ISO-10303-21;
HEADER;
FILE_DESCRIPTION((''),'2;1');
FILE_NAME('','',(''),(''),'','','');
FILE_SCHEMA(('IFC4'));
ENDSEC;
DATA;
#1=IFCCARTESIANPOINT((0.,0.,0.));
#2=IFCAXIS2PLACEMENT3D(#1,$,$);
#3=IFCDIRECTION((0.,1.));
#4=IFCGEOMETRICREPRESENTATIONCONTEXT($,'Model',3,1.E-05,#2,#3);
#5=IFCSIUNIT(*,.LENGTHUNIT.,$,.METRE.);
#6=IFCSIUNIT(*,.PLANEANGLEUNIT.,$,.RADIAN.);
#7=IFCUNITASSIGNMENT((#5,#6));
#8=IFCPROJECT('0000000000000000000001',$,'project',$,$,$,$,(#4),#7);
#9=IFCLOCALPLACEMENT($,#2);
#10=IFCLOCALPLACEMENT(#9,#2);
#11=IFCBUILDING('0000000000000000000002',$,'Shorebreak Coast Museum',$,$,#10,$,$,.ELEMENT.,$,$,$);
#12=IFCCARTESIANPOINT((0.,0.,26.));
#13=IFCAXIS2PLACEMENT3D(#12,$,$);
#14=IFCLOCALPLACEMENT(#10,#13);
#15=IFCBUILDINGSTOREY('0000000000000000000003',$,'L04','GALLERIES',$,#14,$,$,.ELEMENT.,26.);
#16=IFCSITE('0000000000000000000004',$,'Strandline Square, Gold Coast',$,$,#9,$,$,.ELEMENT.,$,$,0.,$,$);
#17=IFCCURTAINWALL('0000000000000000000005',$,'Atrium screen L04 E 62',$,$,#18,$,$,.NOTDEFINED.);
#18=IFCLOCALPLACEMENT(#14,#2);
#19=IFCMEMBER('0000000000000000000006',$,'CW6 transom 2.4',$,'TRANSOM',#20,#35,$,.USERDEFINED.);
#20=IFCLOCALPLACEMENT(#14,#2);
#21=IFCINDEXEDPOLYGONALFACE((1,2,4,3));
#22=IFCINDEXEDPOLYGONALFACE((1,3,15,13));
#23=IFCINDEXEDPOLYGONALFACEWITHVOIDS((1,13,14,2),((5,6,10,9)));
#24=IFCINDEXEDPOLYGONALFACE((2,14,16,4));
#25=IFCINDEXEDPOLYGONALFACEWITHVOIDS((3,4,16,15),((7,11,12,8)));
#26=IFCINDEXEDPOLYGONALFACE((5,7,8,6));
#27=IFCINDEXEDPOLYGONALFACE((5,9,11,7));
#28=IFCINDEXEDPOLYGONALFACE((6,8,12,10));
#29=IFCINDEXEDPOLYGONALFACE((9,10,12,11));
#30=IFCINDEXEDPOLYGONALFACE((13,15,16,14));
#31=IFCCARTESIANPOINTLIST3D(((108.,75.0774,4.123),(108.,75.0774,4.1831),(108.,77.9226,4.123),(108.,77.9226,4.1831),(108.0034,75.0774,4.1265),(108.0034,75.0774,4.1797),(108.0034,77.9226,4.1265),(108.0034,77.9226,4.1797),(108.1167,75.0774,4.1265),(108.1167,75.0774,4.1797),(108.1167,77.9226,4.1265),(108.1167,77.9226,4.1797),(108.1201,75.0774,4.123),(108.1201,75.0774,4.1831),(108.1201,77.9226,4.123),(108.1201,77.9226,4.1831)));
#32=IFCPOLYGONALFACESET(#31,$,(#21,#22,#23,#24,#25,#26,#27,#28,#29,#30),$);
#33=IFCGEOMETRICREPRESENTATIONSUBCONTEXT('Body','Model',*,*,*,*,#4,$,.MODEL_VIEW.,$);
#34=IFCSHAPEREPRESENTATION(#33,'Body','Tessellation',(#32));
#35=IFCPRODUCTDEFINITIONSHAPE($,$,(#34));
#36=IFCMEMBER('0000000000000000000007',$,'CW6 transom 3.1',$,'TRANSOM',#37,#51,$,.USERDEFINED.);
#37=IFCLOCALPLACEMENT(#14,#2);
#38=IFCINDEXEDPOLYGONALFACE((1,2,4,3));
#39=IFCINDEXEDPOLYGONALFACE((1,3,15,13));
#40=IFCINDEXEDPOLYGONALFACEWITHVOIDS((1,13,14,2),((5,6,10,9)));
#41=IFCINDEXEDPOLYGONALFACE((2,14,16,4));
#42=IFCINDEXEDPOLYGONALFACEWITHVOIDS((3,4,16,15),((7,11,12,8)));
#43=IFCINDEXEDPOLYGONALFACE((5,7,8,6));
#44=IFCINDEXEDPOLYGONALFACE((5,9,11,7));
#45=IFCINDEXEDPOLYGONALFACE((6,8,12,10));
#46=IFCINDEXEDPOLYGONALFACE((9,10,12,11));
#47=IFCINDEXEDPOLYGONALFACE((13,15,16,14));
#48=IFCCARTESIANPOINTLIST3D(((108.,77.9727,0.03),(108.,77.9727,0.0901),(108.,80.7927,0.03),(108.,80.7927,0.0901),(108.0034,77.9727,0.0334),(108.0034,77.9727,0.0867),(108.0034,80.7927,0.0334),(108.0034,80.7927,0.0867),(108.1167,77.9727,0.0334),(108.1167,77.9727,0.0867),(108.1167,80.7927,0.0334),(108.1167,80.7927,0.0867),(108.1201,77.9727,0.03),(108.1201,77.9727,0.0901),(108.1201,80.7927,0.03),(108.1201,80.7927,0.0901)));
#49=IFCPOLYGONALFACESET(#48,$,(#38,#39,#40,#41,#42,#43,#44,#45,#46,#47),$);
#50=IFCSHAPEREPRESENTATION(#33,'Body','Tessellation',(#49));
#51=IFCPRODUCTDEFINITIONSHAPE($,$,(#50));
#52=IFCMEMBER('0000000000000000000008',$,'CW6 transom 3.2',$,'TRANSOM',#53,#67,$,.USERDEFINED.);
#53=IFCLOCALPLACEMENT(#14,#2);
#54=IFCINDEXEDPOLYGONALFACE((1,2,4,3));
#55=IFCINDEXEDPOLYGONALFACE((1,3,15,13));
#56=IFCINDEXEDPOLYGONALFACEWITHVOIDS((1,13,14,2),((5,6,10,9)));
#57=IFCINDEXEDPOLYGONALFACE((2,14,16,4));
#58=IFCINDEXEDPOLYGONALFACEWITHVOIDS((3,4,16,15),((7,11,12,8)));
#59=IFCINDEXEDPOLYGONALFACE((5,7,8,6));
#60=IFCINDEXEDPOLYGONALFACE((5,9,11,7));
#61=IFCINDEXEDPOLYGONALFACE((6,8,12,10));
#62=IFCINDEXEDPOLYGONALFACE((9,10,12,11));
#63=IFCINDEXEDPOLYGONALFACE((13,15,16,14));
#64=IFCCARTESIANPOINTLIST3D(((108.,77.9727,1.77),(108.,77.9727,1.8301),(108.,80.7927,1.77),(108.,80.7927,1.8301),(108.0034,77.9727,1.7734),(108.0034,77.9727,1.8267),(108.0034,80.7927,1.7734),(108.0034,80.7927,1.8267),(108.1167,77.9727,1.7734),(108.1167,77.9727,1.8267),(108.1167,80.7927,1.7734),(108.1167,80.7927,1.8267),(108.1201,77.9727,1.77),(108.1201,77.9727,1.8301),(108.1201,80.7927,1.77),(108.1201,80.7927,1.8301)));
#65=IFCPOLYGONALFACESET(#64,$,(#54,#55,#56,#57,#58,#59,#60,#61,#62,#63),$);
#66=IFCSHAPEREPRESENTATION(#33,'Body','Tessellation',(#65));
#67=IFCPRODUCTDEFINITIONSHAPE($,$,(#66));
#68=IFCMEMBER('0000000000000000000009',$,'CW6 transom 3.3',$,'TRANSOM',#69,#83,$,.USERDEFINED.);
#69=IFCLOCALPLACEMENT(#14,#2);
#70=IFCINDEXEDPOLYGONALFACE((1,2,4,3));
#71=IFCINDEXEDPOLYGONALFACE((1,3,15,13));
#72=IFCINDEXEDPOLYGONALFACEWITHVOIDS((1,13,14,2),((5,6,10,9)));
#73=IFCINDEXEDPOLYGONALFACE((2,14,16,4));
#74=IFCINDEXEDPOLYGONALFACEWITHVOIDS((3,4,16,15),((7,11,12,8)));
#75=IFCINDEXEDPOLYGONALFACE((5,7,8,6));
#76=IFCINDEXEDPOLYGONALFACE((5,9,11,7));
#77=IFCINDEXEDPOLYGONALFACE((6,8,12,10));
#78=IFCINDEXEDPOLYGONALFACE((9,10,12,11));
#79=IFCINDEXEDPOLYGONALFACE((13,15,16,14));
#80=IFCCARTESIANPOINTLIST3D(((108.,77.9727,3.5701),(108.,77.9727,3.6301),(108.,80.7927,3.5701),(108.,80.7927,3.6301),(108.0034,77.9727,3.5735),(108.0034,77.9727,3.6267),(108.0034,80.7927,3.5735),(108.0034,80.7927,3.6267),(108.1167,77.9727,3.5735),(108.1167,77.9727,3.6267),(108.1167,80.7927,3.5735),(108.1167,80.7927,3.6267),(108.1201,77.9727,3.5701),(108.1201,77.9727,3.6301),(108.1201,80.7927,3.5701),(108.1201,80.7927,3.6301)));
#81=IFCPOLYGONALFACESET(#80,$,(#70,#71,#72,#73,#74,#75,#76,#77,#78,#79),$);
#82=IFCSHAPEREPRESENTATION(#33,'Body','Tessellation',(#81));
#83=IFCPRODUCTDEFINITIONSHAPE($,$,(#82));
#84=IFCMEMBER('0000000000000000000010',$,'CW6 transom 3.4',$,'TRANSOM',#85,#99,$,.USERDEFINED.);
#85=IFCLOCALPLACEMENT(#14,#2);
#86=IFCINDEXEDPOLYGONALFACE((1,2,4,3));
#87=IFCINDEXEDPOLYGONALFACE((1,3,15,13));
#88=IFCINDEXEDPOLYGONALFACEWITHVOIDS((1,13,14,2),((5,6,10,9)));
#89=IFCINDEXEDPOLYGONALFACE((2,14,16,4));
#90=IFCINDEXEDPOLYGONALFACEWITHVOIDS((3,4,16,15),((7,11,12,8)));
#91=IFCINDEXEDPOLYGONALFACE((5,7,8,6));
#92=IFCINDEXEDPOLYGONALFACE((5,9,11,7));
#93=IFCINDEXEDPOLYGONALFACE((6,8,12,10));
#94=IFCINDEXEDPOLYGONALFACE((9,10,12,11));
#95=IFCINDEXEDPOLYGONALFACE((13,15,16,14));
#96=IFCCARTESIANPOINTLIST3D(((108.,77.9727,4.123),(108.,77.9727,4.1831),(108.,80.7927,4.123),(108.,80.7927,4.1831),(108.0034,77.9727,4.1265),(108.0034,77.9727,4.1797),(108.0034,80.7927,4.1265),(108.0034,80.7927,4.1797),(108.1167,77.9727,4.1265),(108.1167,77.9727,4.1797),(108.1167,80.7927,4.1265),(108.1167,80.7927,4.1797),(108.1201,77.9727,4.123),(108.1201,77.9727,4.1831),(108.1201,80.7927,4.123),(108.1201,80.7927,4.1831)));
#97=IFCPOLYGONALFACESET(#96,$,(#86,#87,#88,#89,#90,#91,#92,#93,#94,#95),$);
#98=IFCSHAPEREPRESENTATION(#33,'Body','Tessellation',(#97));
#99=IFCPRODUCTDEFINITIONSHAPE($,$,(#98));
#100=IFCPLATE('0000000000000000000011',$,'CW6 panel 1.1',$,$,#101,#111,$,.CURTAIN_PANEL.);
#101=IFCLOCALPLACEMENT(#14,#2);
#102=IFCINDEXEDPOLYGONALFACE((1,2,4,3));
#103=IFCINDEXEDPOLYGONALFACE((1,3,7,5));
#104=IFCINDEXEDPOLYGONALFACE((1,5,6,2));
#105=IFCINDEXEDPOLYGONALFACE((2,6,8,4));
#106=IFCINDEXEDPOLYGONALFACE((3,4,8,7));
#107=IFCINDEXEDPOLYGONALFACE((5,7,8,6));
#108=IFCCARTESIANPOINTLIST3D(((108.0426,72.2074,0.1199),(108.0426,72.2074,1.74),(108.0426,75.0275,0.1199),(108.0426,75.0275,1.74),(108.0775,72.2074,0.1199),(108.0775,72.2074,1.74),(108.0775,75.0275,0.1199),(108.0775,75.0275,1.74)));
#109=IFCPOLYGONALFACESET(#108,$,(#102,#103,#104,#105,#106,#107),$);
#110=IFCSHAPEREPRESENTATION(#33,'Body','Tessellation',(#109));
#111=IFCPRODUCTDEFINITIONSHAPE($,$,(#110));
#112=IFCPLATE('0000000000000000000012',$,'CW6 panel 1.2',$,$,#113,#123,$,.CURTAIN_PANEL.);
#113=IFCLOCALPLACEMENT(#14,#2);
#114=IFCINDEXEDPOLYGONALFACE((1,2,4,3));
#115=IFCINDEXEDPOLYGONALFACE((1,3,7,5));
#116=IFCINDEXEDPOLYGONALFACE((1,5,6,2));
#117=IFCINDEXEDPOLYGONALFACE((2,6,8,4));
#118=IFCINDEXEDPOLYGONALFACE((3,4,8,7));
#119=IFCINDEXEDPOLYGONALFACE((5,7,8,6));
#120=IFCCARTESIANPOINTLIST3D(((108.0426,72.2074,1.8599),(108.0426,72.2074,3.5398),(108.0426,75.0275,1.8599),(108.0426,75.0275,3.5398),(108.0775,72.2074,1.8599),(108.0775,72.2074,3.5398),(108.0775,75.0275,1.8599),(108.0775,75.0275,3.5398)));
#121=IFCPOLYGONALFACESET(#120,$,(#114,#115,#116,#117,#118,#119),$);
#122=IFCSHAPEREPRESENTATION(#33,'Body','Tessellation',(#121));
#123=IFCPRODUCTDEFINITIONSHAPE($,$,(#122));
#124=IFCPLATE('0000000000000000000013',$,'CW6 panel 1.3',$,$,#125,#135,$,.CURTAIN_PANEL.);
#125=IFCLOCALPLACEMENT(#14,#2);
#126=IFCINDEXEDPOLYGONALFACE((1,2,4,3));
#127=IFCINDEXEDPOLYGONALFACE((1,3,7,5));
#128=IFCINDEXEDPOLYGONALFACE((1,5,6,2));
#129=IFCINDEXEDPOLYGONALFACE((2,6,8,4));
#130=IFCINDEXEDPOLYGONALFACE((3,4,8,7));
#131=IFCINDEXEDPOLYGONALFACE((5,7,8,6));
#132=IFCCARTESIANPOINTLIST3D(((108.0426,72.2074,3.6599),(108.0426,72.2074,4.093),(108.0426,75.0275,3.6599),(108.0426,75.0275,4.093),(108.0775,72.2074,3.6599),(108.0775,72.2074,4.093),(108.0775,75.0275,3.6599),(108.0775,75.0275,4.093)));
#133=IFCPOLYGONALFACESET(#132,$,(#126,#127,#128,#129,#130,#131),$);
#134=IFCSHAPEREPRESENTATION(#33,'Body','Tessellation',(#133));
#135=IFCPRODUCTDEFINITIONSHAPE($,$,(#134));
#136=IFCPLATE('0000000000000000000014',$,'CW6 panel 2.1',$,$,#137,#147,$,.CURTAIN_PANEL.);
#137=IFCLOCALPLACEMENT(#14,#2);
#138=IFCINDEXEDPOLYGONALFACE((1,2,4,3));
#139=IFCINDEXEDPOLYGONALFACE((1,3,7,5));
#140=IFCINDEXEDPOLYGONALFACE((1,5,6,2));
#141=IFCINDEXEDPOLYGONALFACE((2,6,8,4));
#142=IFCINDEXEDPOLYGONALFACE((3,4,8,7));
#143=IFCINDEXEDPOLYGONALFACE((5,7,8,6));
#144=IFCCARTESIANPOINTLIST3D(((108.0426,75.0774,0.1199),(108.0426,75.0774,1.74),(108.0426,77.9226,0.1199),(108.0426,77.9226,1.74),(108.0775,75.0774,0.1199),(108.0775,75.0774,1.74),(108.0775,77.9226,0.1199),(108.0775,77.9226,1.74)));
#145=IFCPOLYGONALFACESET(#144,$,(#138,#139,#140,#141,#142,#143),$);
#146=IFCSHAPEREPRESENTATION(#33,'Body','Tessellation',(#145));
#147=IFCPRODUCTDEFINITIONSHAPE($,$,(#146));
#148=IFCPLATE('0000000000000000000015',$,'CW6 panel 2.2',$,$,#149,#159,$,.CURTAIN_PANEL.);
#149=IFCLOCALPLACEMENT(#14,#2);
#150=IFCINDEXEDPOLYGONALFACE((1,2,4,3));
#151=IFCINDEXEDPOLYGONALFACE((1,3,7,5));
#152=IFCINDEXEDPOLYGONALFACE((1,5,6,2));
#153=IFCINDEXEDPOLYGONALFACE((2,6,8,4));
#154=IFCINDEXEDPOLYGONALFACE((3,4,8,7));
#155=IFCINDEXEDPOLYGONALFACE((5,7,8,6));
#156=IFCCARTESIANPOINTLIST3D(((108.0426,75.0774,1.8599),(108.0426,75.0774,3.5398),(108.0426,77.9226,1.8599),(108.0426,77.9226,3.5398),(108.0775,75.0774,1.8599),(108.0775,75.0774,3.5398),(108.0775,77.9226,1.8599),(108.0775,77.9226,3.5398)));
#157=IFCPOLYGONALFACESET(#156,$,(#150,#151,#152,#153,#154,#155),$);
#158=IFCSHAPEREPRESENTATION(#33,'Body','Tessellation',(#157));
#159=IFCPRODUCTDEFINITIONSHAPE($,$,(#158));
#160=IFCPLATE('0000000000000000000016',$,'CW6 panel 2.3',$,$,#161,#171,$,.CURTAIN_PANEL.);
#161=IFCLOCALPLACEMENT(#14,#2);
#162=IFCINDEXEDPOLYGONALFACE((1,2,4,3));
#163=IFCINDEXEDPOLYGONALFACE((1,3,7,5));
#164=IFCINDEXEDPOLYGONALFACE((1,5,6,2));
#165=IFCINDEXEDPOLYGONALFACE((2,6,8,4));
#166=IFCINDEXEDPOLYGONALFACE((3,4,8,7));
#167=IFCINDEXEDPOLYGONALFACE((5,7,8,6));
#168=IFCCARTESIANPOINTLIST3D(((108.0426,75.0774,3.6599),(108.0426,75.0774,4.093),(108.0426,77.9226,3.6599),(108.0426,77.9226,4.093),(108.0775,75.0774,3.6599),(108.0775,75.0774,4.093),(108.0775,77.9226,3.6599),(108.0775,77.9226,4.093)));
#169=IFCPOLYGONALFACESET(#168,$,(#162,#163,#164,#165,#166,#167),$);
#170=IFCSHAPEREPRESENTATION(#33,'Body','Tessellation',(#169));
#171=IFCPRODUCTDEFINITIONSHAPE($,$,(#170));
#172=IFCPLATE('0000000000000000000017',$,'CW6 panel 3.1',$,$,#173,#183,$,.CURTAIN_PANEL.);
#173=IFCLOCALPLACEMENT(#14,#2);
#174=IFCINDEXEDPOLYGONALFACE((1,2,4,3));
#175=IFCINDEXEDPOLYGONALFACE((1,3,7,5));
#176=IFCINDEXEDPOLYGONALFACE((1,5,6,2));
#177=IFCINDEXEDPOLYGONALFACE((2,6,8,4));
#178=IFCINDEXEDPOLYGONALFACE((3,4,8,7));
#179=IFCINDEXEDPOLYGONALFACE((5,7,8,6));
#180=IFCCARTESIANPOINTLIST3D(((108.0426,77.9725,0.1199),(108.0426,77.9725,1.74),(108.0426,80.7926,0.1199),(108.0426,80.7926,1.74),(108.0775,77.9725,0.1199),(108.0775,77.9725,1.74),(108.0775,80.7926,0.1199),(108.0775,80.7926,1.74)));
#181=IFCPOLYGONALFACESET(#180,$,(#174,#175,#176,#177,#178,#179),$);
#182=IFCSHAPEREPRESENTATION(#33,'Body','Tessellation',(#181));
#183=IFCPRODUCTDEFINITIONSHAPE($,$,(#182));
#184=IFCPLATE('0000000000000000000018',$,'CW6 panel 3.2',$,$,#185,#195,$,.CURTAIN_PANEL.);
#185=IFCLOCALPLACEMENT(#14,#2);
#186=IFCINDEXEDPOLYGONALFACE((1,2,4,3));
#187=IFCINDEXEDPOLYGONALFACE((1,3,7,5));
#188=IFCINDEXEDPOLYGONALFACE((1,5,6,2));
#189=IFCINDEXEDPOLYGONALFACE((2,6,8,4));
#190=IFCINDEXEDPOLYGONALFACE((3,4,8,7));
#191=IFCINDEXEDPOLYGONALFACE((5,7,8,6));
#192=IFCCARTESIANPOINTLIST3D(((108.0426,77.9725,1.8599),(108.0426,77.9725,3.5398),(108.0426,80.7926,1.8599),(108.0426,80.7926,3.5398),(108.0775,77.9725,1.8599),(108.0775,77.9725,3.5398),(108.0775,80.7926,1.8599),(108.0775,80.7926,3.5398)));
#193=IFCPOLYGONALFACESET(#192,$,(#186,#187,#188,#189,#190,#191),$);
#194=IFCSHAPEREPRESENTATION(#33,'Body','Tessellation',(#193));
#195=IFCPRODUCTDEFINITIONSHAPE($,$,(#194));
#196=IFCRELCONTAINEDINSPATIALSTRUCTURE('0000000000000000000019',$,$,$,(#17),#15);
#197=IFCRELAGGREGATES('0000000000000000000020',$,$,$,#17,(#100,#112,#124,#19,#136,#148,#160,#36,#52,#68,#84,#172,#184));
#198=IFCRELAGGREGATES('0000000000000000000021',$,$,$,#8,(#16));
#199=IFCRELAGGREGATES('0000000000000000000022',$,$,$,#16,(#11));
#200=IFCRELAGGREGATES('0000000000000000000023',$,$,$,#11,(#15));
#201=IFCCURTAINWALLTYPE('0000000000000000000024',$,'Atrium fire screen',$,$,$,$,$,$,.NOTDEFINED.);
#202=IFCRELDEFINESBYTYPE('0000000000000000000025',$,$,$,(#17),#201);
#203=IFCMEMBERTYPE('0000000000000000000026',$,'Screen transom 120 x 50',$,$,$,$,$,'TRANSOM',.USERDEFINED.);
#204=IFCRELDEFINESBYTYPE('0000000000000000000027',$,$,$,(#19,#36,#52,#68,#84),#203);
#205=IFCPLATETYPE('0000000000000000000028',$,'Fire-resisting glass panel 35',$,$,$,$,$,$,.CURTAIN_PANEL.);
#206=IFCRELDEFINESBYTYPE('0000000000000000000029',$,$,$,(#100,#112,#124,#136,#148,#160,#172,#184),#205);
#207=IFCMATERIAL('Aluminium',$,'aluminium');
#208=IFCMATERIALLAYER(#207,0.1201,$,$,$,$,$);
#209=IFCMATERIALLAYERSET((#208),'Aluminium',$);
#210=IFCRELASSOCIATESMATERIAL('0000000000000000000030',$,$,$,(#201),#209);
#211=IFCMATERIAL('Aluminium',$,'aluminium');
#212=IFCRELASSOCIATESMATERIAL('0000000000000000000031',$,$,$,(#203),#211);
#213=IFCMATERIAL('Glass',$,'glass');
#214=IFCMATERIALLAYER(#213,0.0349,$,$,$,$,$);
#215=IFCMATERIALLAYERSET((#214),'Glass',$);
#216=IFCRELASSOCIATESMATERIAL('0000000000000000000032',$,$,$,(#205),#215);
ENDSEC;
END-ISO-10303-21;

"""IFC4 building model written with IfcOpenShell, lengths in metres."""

from ifc_helpers import new_model, si_unit, direction, frame, origin, origin_2d, place, context, subcontext, project, spatial, rectangle, hollow_rectangle, extrude, material, layer, layer_set, material_profile, profile_set, type_object, element, aggregate, save


model = new_model("IFC4")

# Units and contexts
model_context = context("Model", 3, precision=1e-05, world=origin(), true_north=direction((0.0, 1.0)))
body_context = subcontext(model_context, "Body", "Model", "MODEL_VIEW")
ifc_project = project(units=[si_unit("LENGTHUNIT", "METRE"), si_unit("PLANEANGLEUNIT", "RADIAN")], contexts=[model_context])

# Site, building, storey
site_placement = place(None, origin())
site = spatial("IfcSite", under=ifc_project, at=site_placement, Name="Strandline Square, Gold Coast", CompositionType="ELEMENT", RefElevation=0.0)
building_placement = place(site_placement, origin())
building = spatial("IfcBuilding", under=site, at=building_placement, Name="Shorebreak Coast Museum", CompositionType="ELEMENT")
storey_placement = place(building_placement, frame((0.0, 0.0, 26.0)))
storey = spatial("IfcBuildingStorey", under=building, at=storey_placement, Name="L04", Description="GALLERIES", CompositionType="ELEMENT", Elevation=26.0)

# Curtain wall, members, plates
ifc_material_1 = material(Name="Aluminium", Category="aluminium")
ifc_layer_1 = layer(ifc_material_1, 0.1201)
ifc_layer_set_1 = layer_set([ifc_layer_1], Name="Aluminium")
curtain_wall_type = type_object("IfcCurtainWallType", Name="Atrium fire screen", PredefinedType="NOTDEFINED", material=ifc_layer_set_1)
curtain_wall_placement = place(storey_placement, origin())
curtain_wall = element("IfcCurtainWall", 1, at=curtain_wall_placement, inside=storey, type_object=curtain_wall_type, Name="Atrium screen L04 E 62", PredefinedType="NOTDEFINED")
ifc_material_2 = material(Name="Aluminium", Category="aluminium")
ifc_material_profile_1 = material_profile(ifc_material_2, hollow_rectangle(XDim=0.1201, YDim=0.0601, WallThickness=0.0034, at=origin_2d()), Name="AL 60x120 RHS")
ifc_profile_set_1 = profile_set([ifc_material_profile_1], Name="Aluminium")
member_type_1 = type_object("IfcMemberType", Name="Screen transom 120 x 50", ElementType="TRANSOM", PredefinedType="USERDEFINED", material=ifc_profile_set_1)
member_1_placement = place(storey_placement, frame((108.0601, 75.0774, 4.1531), z_axis=(0.0, 1.0, 0.0), x_axis=(-1.0, 0.0, 0.0)))
member_1 = element("IfcMember", 2, at=member_1_placement, type_object=member_type_1, Name="CW6 transom 2.4", ObjectType="TRANSOM", PredefinedType="USERDEFINED", context=body_context, shape_type="SweptSolid", body=[
    extrude(hollow_rectangle(XDim=0.1201, YDim=0.0601, WallThickness=0.0034, at=origin_2d()), origin(), (0.0, 0.0, 1.0), 2.8452),
])
member_2_placement = place(storey_placement, frame((108.0601, 77.9727, 0.0601), z_axis=(0.0, 1.0, 0.0), x_axis=(-1.0, 0.0, 0.0)))
member_2 = element("IfcMember", 3, at=member_2_placement, type_object=member_type_1, Name="CW6 transom 3.1", ObjectType="TRANSOM", PredefinedType="USERDEFINED", context=body_context, shape_type="SweptSolid", body=[
    extrude(hollow_rectangle(XDim=0.1201, YDim=0.0601, WallThickness=0.0034, at=origin_2d()), origin(), (0.0, 0.0, 1.0), 2.8201),
])
member_3_placement = place(storey_placement, frame((108.0601, 77.9727, 1.8), z_axis=(0.0, 1.0, 0.0), x_axis=(-1.0, 0.0, 0.0)))
member_3 = element("IfcMember", 4, at=member_3_placement, type_object=member_type_1, Name="CW6 transom 3.2", ObjectType="TRANSOM", PredefinedType="USERDEFINED", context=body_context, shape_type="SweptSolid", body=[
    extrude(hollow_rectangle(XDim=0.1201, YDim=0.0601, WallThickness=0.0034, at=origin_2d()), origin(), (0.0, 0.0, 1.0), 2.8201),
])
member_4_placement = place(storey_placement, frame((108.0601, 77.9727, 3.6001), z_axis=(0.0, 1.0, 0.0), x_axis=(-1.0, 0.0, 0.0)))
member_4 = element("IfcMember", 5, at=member_4_placement, type_object=member_type_1, Name="CW6 transom 3.3", ObjectType="TRANSOM", PredefinedType="USERDEFINED", context=body_context, shape_type="SweptSolid", body=[
    extrude(hollow_rectangle(XDim=0.1201, YDim=0.0601, WallThickness=0.0034, at=origin_2d()), origin(), (0.0, 0.0, 1.0), 2.8201),
])
member_5_placement = place(storey_placement, frame((108.0601, 77.9727, 4.1531), z_axis=(0.0, 1.0, 0.0), x_axis=(-1.0, 0.0, 0.0)))
member_5 = element("IfcMember", 6, at=member_5_placement, type_object=member_type_1, Name="CW6 transom 3.4", ObjectType="TRANSOM", PredefinedType="USERDEFINED", context=body_context, shape_type="SweptSolid", body=[
    extrude(hollow_rectangle(XDim=0.1201, YDim=0.0601, WallThickness=0.0034, at=origin_2d()), origin(), (0.0, 0.0, 1.0), 2.8201),
])
ifc_material_3 = material(Name="Glass", Category="glass")
ifc_layer_2 = layer(ifc_material_3, 0.0349)
ifc_layer_set_2 = layer_set([ifc_layer_2], Name="Glass")
plate_type = type_object("IfcPlateType", Name="Fire-resisting glass panel 35", PredefinedType="CURTAIN_PANEL", material=ifc_layer_set_2)
plate_1_placement = place(storey_placement, frame((108.0601, 73.6174, 0.1199), z_axis=(0.0, 0.0, 1.0), x_axis=(0.0, 1.0, 0.0)))
plate_1 = element("IfcPlate", 7, at=plate_1_placement, type_object=plate_type, Name="CW6 panel 1.1", PredefinedType="CURTAIN_PANEL", context=body_context, shape_type="SweptSolid", body=[
    extrude(rectangle(XDim=2.8201, YDim=0.0349, at=origin_2d()), origin(), (0.0, 0.0, 1.0), 1.6201),
])
plate_2_placement = place(storey_placement, frame((108.0601, 73.6174, 1.8599), z_axis=(0.0, 0.0, 1.0), x_axis=(0.0, 1.0, 0.0)))
plate_2 = element("IfcPlate", 8, at=plate_2_placement, type_object=plate_type, Name="CW6 panel 1.2", PredefinedType="CURTAIN_PANEL", context=body_context, shape_type="SweptSolid", body=[
    extrude(rectangle(XDim=2.8201, YDim=0.0349, at=origin_2d()), origin(), (0.0, 0.0, 1.0), 1.6799),
])
plate_3_placement = place(storey_placement, frame((108.0601, 73.6174, 3.6599), z_axis=(0.0, 0.0, 1.0), x_axis=(0.0, 1.0, 0.0)))
plate_3 = element("IfcPlate", 9, at=plate_3_placement, type_object=plate_type, Name="CW6 panel 1.3", PredefinedType="CURTAIN_PANEL", context=body_context, shape_type="SweptSolid", body=[
    extrude(rectangle(XDim=2.8201, YDim=0.0349, at=origin_2d()), origin(), (0.0, 0.0, 1.0), 0.4331),
])
plate_4_placement = place(storey_placement, frame((108.0601, 76.5, 0.1199), z_axis=(0.0, 0.0, 1.0), x_axis=(0.0, 1.0, 0.0)))
plate_4 = element("IfcPlate", 10, at=plate_4_placement, type_object=plate_type, Name="CW6 panel 2.1", PredefinedType="CURTAIN_PANEL", context=body_context, shape_type="SweptSolid", body=[
    extrude(rectangle(XDim=2.8452, YDim=0.0349, at=origin_2d()), origin(), (0.0, 0.0, 1.0), 1.6201),
])
plate_5_placement = place(storey_placement, frame((108.0601, 76.5, 1.8599), z_axis=(0.0, 0.0, 1.0), x_axis=(0.0, 1.0, 0.0)))
plate_5 = element("IfcPlate", 11, at=plate_5_placement, type_object=plate_type, Name="CW6 panel 2.2", PredefinedType="CURTAIN_PANEL", context=body_context, shape_type="SweptSolid", body=[
    extrude(rectangle(XDim=2.8452, YDim=0.0349, at=origin_2d()), origin(), (0.0, 0.0, 1.0), 1.6799),
])
plate_6_placement = place(storey_placement, frame((108.0601, 76.5, 3.6599), z_axis=(0.0, 0.0, 1.0), x_axis=(0.0, 1.0, 0.0)))
plate_6 = element("IfcPlate", 12, at=plate_6_placement, type_object=plate_type, Name="CW6 panel 2.3", PredefinedType="CURTAIN_PANEL", context=body_context, shape_type="SweptSolid", body=[
    extrude(rectangle(XDim=2.8452, YDim=0.0349, at=origin_2d()), origin(), (0.0, 0.0, 1.0), 0.4331),
])
plate_7_placement = place(storey_placement, frame((108.0601, 79.3826, 0.1199), z_axis=(0.0, 0.0, 1.0), x_axis=(0.0, 1.0, 0.0)))
plate_7 = element("IfcPlate", 13, at=plate_7_placement, type_object=plate_type, Name="CW6 panel 3.1", PredefinedType="CURTAIN_PANEL", context=body_context, shape_type="SweptSolid", body=[
    extrude(rectangle(XDim=2.8201, YDim=0.0349, at=origin_2d()), origin(), (0.0, 0.0, 1.0), 1.6201),
])
plate_8_placement = place(storey_placement, frame((108.0601, 79.3826, 1.8599), z_axis=(0.0, 0.0, 1.0), x_axis=(0.0, 1.0, 0.0)))
plate_8 = element("IfcPlate", 14, at=plate_8_placement, type_object=plate_type, Name="CW6 panel 3.2", PredefinedType="CURTAIN_PANEL", context=body_context, shape_type="SweptSolid", body=[
    extrude(rectangle(XDim=2.8201, YDim=0.0349, at=origin_2d()), origin(), (0.0, 0.0, 1.0), 1.6799),
])
aggregate(curtain_wall, [plate_1, plate_2, plate_3, member_1, plate_4, plate_5, plate_6, member_2, member_3, member_4, member_5, plate_7, plate_8])

save(model, "model.ifc")
